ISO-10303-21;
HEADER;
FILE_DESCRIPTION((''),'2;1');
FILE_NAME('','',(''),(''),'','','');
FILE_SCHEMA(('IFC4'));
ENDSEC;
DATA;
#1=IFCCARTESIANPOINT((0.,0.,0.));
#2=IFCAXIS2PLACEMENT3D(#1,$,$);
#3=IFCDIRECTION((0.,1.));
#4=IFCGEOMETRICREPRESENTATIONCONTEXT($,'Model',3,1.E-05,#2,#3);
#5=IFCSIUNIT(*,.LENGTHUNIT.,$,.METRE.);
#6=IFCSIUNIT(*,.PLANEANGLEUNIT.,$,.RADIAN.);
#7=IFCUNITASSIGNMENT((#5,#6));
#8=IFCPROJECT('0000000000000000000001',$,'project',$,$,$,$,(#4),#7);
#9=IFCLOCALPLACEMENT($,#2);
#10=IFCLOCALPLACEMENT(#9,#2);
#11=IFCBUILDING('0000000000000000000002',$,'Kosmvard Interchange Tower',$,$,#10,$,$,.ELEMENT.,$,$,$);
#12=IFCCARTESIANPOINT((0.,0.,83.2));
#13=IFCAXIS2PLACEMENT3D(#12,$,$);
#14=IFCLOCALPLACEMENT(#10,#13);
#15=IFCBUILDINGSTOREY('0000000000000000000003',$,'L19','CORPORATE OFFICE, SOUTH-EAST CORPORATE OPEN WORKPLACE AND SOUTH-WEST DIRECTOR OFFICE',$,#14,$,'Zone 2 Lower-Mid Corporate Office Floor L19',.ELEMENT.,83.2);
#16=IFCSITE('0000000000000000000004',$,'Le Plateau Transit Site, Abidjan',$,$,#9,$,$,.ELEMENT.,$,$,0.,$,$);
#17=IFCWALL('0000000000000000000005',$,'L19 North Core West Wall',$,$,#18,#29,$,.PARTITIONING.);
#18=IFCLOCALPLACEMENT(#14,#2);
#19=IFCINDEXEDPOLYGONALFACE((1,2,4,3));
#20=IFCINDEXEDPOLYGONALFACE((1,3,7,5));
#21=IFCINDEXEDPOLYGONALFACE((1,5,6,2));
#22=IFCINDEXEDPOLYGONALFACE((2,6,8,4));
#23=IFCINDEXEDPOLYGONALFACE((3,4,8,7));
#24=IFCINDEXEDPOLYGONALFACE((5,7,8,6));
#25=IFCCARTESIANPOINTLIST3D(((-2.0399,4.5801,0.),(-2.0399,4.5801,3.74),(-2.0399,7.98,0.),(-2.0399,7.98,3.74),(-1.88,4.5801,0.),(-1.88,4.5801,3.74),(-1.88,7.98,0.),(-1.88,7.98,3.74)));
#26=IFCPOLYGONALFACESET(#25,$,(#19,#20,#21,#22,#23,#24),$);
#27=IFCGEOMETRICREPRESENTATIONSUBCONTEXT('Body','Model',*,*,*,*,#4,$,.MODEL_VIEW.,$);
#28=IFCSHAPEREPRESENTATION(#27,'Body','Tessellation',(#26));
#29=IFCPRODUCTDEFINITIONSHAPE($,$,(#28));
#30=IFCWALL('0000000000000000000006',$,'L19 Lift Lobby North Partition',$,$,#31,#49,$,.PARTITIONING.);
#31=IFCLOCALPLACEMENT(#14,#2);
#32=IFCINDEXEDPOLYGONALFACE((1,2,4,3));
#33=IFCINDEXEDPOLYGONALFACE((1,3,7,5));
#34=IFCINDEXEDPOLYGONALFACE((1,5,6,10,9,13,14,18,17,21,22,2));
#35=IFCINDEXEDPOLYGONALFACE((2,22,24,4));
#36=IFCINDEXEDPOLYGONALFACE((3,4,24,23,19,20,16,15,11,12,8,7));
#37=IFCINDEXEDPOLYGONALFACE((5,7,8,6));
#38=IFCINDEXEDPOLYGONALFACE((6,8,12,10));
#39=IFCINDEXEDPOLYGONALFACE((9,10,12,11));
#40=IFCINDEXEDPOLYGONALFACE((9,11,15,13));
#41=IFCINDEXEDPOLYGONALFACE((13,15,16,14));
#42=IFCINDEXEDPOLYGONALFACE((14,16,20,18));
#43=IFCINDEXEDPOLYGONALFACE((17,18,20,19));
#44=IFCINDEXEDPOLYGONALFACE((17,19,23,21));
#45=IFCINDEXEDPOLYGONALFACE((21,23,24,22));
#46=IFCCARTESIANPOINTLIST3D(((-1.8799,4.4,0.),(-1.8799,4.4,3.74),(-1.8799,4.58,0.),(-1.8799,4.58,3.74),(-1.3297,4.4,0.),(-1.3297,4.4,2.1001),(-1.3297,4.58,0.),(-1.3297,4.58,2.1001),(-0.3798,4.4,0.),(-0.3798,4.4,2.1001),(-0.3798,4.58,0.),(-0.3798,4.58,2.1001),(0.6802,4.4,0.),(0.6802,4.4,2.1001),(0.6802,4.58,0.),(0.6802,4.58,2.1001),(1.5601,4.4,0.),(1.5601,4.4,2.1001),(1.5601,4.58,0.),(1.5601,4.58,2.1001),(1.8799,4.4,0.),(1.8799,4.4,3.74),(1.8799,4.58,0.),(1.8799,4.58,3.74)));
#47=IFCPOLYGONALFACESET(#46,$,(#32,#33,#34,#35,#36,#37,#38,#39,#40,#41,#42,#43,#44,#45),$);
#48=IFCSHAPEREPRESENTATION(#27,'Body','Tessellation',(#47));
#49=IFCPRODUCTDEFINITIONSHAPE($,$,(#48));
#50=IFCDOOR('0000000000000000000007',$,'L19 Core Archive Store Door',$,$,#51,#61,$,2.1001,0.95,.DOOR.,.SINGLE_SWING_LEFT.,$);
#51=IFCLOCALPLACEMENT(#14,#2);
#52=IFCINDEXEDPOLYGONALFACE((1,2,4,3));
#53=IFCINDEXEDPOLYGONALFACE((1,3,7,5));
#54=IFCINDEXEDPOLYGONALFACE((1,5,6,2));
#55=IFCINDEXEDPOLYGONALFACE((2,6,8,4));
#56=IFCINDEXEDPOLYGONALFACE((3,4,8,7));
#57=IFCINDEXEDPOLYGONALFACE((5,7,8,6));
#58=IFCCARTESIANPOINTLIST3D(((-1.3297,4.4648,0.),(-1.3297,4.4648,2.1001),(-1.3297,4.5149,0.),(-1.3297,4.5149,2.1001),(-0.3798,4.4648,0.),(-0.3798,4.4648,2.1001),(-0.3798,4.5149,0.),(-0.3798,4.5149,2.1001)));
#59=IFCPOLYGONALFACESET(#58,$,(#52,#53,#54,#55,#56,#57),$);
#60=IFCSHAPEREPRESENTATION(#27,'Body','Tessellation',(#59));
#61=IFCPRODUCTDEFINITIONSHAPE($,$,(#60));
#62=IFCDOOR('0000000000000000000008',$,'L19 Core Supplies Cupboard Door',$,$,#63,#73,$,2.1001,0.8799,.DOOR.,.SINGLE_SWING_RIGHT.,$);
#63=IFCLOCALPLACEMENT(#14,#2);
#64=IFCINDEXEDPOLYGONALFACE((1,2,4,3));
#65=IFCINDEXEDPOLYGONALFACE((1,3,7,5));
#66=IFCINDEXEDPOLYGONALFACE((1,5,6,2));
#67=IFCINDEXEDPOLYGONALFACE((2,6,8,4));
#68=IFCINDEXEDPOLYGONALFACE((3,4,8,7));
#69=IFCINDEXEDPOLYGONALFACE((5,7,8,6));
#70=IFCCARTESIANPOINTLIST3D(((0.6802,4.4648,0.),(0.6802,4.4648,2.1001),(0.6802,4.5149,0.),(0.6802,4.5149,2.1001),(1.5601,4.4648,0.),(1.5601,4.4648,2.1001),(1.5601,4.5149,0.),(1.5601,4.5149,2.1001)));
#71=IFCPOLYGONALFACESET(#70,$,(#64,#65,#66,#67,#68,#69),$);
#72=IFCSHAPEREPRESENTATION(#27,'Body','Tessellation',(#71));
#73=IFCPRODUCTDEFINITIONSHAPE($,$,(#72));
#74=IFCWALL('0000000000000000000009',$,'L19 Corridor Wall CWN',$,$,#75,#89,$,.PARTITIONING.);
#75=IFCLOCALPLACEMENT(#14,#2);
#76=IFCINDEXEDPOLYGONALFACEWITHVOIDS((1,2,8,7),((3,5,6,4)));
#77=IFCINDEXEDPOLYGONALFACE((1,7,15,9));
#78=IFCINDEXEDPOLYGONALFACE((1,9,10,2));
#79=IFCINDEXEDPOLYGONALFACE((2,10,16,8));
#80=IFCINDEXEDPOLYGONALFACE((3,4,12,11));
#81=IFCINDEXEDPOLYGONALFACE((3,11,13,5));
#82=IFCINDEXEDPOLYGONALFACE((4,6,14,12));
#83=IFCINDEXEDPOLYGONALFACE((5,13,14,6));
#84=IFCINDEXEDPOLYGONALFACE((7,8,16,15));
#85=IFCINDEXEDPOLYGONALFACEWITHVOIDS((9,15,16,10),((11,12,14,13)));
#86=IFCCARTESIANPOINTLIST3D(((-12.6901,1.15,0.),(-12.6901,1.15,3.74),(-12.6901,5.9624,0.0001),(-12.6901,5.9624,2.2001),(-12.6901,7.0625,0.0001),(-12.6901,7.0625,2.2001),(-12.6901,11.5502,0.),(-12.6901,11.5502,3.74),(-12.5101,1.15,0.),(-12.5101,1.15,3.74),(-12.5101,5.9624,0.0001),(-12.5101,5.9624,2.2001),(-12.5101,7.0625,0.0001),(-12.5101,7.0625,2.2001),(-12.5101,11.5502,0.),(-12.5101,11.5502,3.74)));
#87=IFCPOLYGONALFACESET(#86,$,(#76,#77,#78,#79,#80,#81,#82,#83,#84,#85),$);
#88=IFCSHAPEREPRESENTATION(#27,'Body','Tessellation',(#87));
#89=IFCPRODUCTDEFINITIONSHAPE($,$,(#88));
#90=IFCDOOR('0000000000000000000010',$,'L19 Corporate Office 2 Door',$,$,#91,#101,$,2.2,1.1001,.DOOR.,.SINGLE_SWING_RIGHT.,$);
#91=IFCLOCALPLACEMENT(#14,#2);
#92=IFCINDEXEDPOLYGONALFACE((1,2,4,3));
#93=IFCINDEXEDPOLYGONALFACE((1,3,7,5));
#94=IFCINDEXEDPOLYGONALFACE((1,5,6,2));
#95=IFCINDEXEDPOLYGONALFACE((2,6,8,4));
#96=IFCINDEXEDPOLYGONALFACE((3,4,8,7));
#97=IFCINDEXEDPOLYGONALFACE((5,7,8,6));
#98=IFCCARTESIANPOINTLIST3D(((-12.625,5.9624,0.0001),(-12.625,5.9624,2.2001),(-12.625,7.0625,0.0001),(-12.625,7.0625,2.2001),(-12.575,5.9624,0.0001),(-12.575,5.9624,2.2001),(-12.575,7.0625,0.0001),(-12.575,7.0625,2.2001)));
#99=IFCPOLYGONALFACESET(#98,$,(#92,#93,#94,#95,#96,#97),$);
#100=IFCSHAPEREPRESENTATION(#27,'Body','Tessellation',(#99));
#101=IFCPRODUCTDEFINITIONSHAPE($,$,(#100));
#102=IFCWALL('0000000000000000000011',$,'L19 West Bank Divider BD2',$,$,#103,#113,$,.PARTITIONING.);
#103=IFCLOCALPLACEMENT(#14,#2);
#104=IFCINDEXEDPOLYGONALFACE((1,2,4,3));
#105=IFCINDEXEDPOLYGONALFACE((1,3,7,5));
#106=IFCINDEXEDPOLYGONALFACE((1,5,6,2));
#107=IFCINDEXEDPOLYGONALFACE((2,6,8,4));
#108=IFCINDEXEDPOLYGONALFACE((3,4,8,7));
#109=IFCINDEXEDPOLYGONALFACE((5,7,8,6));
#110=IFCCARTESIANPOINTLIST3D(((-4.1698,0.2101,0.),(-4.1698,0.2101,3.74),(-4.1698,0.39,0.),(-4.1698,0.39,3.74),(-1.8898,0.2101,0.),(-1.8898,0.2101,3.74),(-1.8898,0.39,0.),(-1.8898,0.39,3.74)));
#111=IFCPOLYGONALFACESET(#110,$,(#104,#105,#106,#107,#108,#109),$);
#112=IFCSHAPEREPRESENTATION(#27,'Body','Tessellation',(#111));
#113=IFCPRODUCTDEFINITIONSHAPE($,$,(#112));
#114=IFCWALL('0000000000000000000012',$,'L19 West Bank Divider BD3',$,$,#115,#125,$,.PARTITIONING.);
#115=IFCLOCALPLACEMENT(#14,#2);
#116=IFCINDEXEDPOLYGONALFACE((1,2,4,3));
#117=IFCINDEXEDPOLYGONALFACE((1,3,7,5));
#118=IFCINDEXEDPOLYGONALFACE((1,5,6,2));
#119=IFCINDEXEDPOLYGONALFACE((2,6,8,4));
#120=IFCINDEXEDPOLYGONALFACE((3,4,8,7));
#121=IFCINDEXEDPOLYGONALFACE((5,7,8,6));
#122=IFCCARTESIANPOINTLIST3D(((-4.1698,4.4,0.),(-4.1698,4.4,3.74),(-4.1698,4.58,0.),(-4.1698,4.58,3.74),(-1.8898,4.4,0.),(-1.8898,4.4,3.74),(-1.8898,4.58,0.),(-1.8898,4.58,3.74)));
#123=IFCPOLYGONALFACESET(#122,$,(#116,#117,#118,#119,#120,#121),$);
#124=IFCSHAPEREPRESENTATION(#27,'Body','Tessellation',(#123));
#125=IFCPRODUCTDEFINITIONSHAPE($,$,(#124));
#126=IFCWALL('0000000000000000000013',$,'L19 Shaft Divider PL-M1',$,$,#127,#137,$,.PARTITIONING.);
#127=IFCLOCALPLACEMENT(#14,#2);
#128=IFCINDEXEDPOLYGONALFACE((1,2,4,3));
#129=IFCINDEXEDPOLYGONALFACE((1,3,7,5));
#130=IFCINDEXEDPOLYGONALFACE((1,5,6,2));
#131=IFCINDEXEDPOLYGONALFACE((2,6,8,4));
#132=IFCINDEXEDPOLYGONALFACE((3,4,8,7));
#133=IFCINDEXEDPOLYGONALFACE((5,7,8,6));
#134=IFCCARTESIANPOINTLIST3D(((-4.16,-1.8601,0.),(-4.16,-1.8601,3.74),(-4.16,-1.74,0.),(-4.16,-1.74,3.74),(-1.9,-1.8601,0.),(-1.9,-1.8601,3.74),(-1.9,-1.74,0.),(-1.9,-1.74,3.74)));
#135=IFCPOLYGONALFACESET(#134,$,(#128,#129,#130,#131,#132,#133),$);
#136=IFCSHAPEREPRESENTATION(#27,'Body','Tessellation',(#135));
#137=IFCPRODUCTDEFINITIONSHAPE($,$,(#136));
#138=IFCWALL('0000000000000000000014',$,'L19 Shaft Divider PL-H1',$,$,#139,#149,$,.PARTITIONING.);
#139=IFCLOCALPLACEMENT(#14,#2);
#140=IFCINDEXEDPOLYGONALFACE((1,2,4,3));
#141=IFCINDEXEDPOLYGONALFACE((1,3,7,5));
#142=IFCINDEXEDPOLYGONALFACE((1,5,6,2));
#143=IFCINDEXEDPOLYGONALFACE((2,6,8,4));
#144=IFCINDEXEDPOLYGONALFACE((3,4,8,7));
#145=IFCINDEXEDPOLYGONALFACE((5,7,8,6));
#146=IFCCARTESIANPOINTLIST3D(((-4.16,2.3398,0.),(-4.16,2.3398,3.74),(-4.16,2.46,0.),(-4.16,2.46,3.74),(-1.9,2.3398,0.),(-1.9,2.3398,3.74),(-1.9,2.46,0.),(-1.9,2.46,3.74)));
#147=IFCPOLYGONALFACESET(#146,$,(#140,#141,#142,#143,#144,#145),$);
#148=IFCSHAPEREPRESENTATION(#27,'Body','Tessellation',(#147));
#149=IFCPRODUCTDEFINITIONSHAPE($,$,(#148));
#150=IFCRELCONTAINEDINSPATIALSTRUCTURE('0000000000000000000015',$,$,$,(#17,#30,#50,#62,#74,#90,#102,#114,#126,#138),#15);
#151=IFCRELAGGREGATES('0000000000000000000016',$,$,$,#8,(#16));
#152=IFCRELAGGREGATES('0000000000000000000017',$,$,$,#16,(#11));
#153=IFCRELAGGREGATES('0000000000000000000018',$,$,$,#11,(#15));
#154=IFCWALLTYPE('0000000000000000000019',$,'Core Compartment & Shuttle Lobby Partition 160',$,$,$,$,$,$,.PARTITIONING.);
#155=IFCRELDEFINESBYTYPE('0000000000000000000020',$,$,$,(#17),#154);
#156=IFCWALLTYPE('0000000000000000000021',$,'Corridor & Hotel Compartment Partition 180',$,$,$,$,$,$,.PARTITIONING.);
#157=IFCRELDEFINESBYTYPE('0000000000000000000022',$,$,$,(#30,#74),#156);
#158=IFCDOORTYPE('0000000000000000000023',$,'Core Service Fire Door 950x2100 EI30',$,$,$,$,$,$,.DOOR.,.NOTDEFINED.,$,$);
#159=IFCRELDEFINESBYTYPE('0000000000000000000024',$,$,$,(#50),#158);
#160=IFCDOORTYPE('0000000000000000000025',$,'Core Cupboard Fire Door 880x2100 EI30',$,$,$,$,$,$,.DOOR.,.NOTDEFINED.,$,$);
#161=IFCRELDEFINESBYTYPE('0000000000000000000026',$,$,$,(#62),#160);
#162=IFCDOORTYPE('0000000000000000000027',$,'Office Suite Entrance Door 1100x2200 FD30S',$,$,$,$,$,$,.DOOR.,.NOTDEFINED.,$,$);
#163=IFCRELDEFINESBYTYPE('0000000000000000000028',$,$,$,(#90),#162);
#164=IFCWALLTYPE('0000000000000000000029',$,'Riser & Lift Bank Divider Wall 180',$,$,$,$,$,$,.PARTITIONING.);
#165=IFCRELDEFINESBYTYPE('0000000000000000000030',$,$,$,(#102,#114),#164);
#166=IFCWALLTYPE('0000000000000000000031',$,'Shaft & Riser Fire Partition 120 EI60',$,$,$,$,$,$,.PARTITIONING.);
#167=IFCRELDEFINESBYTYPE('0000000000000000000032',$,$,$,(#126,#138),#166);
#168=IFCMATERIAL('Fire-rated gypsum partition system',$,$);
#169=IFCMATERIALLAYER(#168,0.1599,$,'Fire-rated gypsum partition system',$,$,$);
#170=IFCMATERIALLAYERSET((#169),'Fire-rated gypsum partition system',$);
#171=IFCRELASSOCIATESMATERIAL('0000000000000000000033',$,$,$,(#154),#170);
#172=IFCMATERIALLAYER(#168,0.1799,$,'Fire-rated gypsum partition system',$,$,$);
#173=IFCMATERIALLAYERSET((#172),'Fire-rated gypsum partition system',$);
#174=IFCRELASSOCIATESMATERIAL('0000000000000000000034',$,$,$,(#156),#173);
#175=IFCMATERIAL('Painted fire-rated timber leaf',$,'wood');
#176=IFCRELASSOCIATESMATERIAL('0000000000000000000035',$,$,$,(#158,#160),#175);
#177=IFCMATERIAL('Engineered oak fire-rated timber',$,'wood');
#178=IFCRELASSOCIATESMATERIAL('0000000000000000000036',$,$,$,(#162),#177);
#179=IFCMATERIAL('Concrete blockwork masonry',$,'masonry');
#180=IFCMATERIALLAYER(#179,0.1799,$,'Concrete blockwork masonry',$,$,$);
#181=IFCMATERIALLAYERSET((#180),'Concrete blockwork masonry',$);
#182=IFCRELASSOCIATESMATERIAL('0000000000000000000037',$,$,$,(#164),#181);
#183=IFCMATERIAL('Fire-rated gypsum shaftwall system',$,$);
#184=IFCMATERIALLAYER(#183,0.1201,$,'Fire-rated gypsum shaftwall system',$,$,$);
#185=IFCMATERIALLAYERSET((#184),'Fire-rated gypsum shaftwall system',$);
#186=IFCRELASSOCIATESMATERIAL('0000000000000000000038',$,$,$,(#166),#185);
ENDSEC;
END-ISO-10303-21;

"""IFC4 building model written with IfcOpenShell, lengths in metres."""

from ifc_helpers import new_model, si_unit, direction, frame, frame_2d, origin, place, context, subcontext, project, spatial, rectangle, extrude, source, transform, mapped, material, layer, layer_set, type_object, element, fill, save


model = new_model("IFC4")

# Units and contexts
model_context = context("Model", 3, precision=1e-05, world=origin(), true_north=direction((0.0, 1.0)))
body_context = subcontext(model_context, "Body", "Model", "MODEL_VIEW")
ifc_project = project(units=[si_unit("LENGTHUNIT", "METRE"), si_unit("PLANEANGLEUNIT", "RADIAN")], contexts=[model_context])

# Site, building, storey
site_placement = place(None, origin())
site = spatial("IfcSite", under=ifc_project, at=site_placement, Name="Le Plateau Transit Site, Abidjan", CompositionType="ELEMENT", RefElevation=0.0)
building_placement = place(site_placement, origin())
building = spatial("IfcBuilding", under=site, at=building_placement, Name="Kosmvard Interchange Tower", CompositionType="ELEMENT")
storey_placement = place(building_placement, frame((0.0, 0.0, 83.2)))
storey = spatial("IfcBuildingStorey", under=building, at=storey_placement, Name="L19", Description="CORPORATE OFFICE, SOUTH-EAST CORPORATE OPEN WORKPLACE AND SOUTH-WEST DIRECTOR OFFICE", LongName="Zone 2 Lower-Mid Corporate Office Floor L19", CompositionType="ELEMENT", Elevation=83.2)

# Wall
ifc_material_1 = material(Name="Fire-rated gypsum partition system")
ifc_layer_1 = layer(ifc_material_1, 0.1599, Name="Fire-rated gypsum partition system")
ifc_layer_set_1 = layer_set([ifc_layer_1], Name="Fire-rated gypsum partition system")
wall_type_1 = type_object("IfcWallType", Name="Core Compartment & Shuttle Lobby Partition 160", PredefinedType="PARTITIONING", material=ifc_layer_set_1)
wall_1_placement = place(storey_placement, frame((-1.96, 4.5801, 0.0), z_axis=(0.0, 0.0, 1.0), x_axis=(0.0, 1.0, 0.0)))
element("IfcWall", 1, at=wall_1_placement, inside=storey, type_object=wall_type_1, Name="L19 North Core West Wall", PredefinedType="PARTITIONING", context=body_context, shape_type="SweptSolid", body=[
    extrude(rectangle(XDim=3.3999, YDim=0.1599, at=frame_2d((1.7, 0.0))), origin(), (0.0, 0.0, 1.0), 3.74),
])

# Wall, openings, doors
ifc_layer_2 = layer(ifc_material_1, 0.1799, Name="Fire-rated gypsum partition system")
ifc_layer_set_2 = layer_set([ifc_layer_2], Name="Fire-rated gypsum partition system")
wall_type_2 = type_object("IfcWallType", Name="Corridor & Hotel Compartment Partition 180", PredefinedType="PARTITIONING", material=ifc_layer_set_2)
wall_2_placement = place(storey_placement, frame((-1.8799, 4.49, 0.0), z_axis=(0.0, 0.0, 1.0), x_axis=(1.0, 0.0, 0.0)))
wall_2 = element("IfcWall", 2, at=wall_2_placement, inside=storey, type_object=wall_type_2, Name="L19 Lift Lobby North Partition", PredefinedType="PARTITIONING", context=body_context, shape_type="SweptSolid", body=[
    extrude(rectangle(XDim=3.7598, YDim=0.1799, at=frame_2d((1.8799, 0.0))), origin(), (0.0, 0.0, 1.0), 3.74),
])
opening_1_placement = place(wall_2_placement, frame((0.55, 0.0, 0.0)))
opening_1 = element("IfcOpeningElement", 3, at=opening_1_placement, cuts=wall_2, PredefinedType="OPENING", context=body_context, shape_type="SweptSolid", body=[
    extrude(rectangle(XDim=0.95, YDim=2.1001, at=frame_2d((0.4751, 1.05))), frame((0.0, 0.1001, 0.0), z_axis=(0.0, -1.0, 0.0), x_axis=(1.0, 0.0, 0.0)), (0.0, 0.0, 1.0), 0.2),
])
opening_2_placement = place(wall_2_placement, frame((2.5601, 0.0, 0.0)))
opening_2 = element("IfcOpeningElement", 4, at=opening_2_placement, cuts=wall_2, PredefinedType="OPENING", context=body_context, shape_type="SweptSolid", body=[
    extrude(rectangle(XDim=0.8799, YDim=2.1001, at=frame_2d((0.4399, 1.05))), frame((0.0, 0.1001, 0.0), z_axis=(0.0, -1.0, 0.0), x_axis=(1.0, 0.0, 0.0)), (0.0, 0.0, 1.0), 0.2),
])
ifc_material_2 = material(Name="Painted fire-rated timber leaf", Category="wood")
door_type_1 = type_object("IfcDoorType", Name="Core Service Fire Door 950x2100 EI30", OperationType="NOTDEFINED", PredefinedType="DOOR", material=ifc_material_2)
shared_shape_1 = source(origin(), body_context, "Body", "SweptSolid", [
    extrude(rectangle(XDim=0.95, YDim=2.1001, at=frame_2d((0.4751, 1.05))), frame((0.0, 0.0249, 0.0), z_axis=(0.0, -1.0, 0.0), x_axis=(1.0, 0.0, 0.0)), (0.0, 0.0, 1.0), 0.05),
])
door_1_placement = place(opening_1_placement, origin())
door_1 = element("IfcDoor", 5, at=door_1_placement, inside=storey, type_object=door_type_1, Name="L19 Core Archive Store Door", OperationType="SINGLE_SWING_LEFT", OverallHeight=2.1001, OverallWidth=0.95, PredefinedType="DOOR", context=body_context, shape_type="MappedRepresentation", body=[
    mapped(shared_shape_1, transform((0.0, 0.0, 0.0), scale=1.0)),
])
fill(opening_1, door_1)
door_type_2 = type_object("IfcDoorType", Name="Core Cupboard Fire Door 880x2100 EI30", OperationType="NOTDEFINED", PredefinedType="DOOR", material=ifc_material_2)
shared_shape_2 = source(origin(), body_context, "Body", "SweptSolid", [
    extrude(rectangle(XDim=0.8799, YDim=2.1001, at=frame_2d((0.4399, 1.05))), frame((0.0, 0.0249, 0.0), z_axis=(0.0, -1.0, 0.0), x_axis=(1.0, 0.0, 0.0)), (0.0, 0.0, 1.0), 0.05),
])
door_2_placement = place(opening_2_placement, origin())
door_2 = element("IfcDoor", 6, at=door_2_placement, inside=storey, type_object=door_type_2, Name="L19 Core Supplies Cupboard Door", OperationType="SINGLE_SWING_RIGHT", OverallHeight=2.1001, OverallWidth=0.8799, PredefinedType="DOOR", context=body_context, shape_type="MappedRepresentation", body=[
    mapped(shared_shape_2, transform((0.0, 0.0, 0.0), scale=1.0)),
])
fill(opening_2, door_2)

# Wall, opening, door
wall_3_placement = place(storey_placement, frame((-12.6001, 1.1499, 0.0), z_axis=(0.0, 0.0, 1.0), x_axis=(0.0, 1.0, 0.0)))
wall_3 = element("IfcWall", 7, at=wall_3_placement, inside=storey, type_object=wall_type_2, Name="L19 Corridor Wall CWN", PredefinedType="PARTITIONING", context=body_context, shape_type="SweptSolid", body=[
    extrude(rectangle(XDim=10.4001, YDim=0.1799, at=frame_2d((5.2002, 0.0))), origin(), (0.0, 0.0, 1.0), 3.74),
])
opening_3_placement = place(wall_3_placement, frame((4.8125, 0.0, 0.0)))
opening_3 = element("IfcOpeningElement", 8, at=opening_3_placement, cuts=wall_3, PredefinedType="OPENING", context=body_context, shape_type="SweptSolid", body=[
    extrude(rectangle(XDim=1.1001, YDim=2.2, at=frame_2d((0.55, 1.1001))), frame((0.0, 0.1001, 0.0), z_axis=(0.0, -1.0, 0.0), x_axis=(1.0, 0.0, 0.0)), (0.0, 0.0, 1.0), 0.2),
])
ifc_material_3 = material(Name="Engineered oak fire-rated timber", Category="wood")
door_type_3 = type_object("IfcDoorType", Name="Office Suite Entrance Door 1100x2200 FD30S", OperationType="NOTDEFINED", PredefinedType="DOOR", material=ifc_material_3)
shared_shape_3 = source(origin(), body_context, "Body", "SweptSolid", [
    extrude(rectangle(XDim=1.1001, YDim=2.2, at=frame_2d((0.55, 1.1001))), frame((0.0, 0.0249, 0.0), z_axis=(0.0, -1.0, 0.0), x_axis=(1.0, 0.0, 0.0)), (0.0, 0.0, 1.0), 0.05),
])
door_3_placement = place(opening_3_placement, origin())
door_3 = element("IfcDoor", 9, at=door_3_placement, inside=storey, type_object=door_type_3, Name="L19 Corporate Office 2 Door", OperationType="SINGLE_SWING_RIGHT", OverallHeight=2.2, OverallWidth=1.1001, PredefinedType="DOOR", context=body_context, shape_type="MappedRepresentation", body=[
    mapped(shared_shape_3, transform((0.0, 0.0, 0.0), scale=1.0)),
])
fill(opening_3, door_3)

# Walls
ifc_material_4 = material(Name="Concrete blockwork masonry", Category="masonry")
ifc_layer_3 = layer(ifc_material_4, 0.1799, Name="Concrete blockwork masonry")
ifc_layer_set_3 = layer_set([ifc_layer_3], Name="Concrete blockwork masonry")
wall_type_3 = type_object("IfcWallType", Name="Riser & Lift Bank Divider Wall 180", PredefinedType="PARTITIONING", material=ifc_layer_set_3)
for number, where, z_axis, x_axis, name in (
    (10, (-4.1699, 0.3, 0.0), (0.0, 0.0, 1.0), (1.0, 0.0, 0.0), "L19 West Bank Divider BD2"),
    (11, (-4.1699, 4.49, 0.0), (0.0, 0.0, 1.0), (1.0, 0.0, 0.0), "L19 West Bank Divider BD3"),
):
    element("IfcWall", number, at=place(storey_placement, frame(where, z_axis=z_axis, x_axis=x_axis)), inside=storey, type_object=wall_type_3, Name=name, PredefinedType="PARTITIONING", context=body_context, shape_type="SweptSolid", body=[
        extrude(rectangle(XDim=2.28, YDim=0.1799, at=frame_2d((1.1401, 0.0))), origin(), (0.0, 0.0, 1.0), 3.74),
    ])
ifc_material_5 = material(Name="Fire-rated gypsum shaftwall system")
ifc_layer_4 = layer(ifc_material_5, 0.1201, Name="Fire-rated gypsum shaftwall system")
ifc_layer_set_4 = layer_set([ifc_layer_4], Name="Fire-rated gypsum shaftwall system")
wall_type_4 = type_object("IfcWallType", Name="Shaft & Riser Fire Partition 120 EI60", PredefinedType="PARTITIONING", material=ifc_layer_set_4)
for number, where, z_axis, x_axis, name in (
    (12, (-4.1599, -1.8, 0.0), (0.0, 0.0, 1.0), (1.0, 0.0, 0.0), "L19 Shaft Divider PL-M1"),
    (13, (-4.1599, 2.3999, 0.0), (0.0, 0.0, 1.0), (1.0, 0.0, 0.0), "L19 Shaft Divider PL-H1"),
):
    element("IfcWall", number, at=place(storey_placement, frame(where, z_axis=z_axis, x_axis=x_axis)), inside=storey, type_object=wall_type_4, Name=name, PredefinedType="PARTITIONING", context=body_context, shape_type="SweptSolid", body=[
        extrude(rectangle(XDim=2.26, YDim=0.1201, at=frame_2d((1.1299, 0.0))), origin(), (0.0, 0.0, 1.0), 3.74),
    ])

save(model, "model.ifc")
